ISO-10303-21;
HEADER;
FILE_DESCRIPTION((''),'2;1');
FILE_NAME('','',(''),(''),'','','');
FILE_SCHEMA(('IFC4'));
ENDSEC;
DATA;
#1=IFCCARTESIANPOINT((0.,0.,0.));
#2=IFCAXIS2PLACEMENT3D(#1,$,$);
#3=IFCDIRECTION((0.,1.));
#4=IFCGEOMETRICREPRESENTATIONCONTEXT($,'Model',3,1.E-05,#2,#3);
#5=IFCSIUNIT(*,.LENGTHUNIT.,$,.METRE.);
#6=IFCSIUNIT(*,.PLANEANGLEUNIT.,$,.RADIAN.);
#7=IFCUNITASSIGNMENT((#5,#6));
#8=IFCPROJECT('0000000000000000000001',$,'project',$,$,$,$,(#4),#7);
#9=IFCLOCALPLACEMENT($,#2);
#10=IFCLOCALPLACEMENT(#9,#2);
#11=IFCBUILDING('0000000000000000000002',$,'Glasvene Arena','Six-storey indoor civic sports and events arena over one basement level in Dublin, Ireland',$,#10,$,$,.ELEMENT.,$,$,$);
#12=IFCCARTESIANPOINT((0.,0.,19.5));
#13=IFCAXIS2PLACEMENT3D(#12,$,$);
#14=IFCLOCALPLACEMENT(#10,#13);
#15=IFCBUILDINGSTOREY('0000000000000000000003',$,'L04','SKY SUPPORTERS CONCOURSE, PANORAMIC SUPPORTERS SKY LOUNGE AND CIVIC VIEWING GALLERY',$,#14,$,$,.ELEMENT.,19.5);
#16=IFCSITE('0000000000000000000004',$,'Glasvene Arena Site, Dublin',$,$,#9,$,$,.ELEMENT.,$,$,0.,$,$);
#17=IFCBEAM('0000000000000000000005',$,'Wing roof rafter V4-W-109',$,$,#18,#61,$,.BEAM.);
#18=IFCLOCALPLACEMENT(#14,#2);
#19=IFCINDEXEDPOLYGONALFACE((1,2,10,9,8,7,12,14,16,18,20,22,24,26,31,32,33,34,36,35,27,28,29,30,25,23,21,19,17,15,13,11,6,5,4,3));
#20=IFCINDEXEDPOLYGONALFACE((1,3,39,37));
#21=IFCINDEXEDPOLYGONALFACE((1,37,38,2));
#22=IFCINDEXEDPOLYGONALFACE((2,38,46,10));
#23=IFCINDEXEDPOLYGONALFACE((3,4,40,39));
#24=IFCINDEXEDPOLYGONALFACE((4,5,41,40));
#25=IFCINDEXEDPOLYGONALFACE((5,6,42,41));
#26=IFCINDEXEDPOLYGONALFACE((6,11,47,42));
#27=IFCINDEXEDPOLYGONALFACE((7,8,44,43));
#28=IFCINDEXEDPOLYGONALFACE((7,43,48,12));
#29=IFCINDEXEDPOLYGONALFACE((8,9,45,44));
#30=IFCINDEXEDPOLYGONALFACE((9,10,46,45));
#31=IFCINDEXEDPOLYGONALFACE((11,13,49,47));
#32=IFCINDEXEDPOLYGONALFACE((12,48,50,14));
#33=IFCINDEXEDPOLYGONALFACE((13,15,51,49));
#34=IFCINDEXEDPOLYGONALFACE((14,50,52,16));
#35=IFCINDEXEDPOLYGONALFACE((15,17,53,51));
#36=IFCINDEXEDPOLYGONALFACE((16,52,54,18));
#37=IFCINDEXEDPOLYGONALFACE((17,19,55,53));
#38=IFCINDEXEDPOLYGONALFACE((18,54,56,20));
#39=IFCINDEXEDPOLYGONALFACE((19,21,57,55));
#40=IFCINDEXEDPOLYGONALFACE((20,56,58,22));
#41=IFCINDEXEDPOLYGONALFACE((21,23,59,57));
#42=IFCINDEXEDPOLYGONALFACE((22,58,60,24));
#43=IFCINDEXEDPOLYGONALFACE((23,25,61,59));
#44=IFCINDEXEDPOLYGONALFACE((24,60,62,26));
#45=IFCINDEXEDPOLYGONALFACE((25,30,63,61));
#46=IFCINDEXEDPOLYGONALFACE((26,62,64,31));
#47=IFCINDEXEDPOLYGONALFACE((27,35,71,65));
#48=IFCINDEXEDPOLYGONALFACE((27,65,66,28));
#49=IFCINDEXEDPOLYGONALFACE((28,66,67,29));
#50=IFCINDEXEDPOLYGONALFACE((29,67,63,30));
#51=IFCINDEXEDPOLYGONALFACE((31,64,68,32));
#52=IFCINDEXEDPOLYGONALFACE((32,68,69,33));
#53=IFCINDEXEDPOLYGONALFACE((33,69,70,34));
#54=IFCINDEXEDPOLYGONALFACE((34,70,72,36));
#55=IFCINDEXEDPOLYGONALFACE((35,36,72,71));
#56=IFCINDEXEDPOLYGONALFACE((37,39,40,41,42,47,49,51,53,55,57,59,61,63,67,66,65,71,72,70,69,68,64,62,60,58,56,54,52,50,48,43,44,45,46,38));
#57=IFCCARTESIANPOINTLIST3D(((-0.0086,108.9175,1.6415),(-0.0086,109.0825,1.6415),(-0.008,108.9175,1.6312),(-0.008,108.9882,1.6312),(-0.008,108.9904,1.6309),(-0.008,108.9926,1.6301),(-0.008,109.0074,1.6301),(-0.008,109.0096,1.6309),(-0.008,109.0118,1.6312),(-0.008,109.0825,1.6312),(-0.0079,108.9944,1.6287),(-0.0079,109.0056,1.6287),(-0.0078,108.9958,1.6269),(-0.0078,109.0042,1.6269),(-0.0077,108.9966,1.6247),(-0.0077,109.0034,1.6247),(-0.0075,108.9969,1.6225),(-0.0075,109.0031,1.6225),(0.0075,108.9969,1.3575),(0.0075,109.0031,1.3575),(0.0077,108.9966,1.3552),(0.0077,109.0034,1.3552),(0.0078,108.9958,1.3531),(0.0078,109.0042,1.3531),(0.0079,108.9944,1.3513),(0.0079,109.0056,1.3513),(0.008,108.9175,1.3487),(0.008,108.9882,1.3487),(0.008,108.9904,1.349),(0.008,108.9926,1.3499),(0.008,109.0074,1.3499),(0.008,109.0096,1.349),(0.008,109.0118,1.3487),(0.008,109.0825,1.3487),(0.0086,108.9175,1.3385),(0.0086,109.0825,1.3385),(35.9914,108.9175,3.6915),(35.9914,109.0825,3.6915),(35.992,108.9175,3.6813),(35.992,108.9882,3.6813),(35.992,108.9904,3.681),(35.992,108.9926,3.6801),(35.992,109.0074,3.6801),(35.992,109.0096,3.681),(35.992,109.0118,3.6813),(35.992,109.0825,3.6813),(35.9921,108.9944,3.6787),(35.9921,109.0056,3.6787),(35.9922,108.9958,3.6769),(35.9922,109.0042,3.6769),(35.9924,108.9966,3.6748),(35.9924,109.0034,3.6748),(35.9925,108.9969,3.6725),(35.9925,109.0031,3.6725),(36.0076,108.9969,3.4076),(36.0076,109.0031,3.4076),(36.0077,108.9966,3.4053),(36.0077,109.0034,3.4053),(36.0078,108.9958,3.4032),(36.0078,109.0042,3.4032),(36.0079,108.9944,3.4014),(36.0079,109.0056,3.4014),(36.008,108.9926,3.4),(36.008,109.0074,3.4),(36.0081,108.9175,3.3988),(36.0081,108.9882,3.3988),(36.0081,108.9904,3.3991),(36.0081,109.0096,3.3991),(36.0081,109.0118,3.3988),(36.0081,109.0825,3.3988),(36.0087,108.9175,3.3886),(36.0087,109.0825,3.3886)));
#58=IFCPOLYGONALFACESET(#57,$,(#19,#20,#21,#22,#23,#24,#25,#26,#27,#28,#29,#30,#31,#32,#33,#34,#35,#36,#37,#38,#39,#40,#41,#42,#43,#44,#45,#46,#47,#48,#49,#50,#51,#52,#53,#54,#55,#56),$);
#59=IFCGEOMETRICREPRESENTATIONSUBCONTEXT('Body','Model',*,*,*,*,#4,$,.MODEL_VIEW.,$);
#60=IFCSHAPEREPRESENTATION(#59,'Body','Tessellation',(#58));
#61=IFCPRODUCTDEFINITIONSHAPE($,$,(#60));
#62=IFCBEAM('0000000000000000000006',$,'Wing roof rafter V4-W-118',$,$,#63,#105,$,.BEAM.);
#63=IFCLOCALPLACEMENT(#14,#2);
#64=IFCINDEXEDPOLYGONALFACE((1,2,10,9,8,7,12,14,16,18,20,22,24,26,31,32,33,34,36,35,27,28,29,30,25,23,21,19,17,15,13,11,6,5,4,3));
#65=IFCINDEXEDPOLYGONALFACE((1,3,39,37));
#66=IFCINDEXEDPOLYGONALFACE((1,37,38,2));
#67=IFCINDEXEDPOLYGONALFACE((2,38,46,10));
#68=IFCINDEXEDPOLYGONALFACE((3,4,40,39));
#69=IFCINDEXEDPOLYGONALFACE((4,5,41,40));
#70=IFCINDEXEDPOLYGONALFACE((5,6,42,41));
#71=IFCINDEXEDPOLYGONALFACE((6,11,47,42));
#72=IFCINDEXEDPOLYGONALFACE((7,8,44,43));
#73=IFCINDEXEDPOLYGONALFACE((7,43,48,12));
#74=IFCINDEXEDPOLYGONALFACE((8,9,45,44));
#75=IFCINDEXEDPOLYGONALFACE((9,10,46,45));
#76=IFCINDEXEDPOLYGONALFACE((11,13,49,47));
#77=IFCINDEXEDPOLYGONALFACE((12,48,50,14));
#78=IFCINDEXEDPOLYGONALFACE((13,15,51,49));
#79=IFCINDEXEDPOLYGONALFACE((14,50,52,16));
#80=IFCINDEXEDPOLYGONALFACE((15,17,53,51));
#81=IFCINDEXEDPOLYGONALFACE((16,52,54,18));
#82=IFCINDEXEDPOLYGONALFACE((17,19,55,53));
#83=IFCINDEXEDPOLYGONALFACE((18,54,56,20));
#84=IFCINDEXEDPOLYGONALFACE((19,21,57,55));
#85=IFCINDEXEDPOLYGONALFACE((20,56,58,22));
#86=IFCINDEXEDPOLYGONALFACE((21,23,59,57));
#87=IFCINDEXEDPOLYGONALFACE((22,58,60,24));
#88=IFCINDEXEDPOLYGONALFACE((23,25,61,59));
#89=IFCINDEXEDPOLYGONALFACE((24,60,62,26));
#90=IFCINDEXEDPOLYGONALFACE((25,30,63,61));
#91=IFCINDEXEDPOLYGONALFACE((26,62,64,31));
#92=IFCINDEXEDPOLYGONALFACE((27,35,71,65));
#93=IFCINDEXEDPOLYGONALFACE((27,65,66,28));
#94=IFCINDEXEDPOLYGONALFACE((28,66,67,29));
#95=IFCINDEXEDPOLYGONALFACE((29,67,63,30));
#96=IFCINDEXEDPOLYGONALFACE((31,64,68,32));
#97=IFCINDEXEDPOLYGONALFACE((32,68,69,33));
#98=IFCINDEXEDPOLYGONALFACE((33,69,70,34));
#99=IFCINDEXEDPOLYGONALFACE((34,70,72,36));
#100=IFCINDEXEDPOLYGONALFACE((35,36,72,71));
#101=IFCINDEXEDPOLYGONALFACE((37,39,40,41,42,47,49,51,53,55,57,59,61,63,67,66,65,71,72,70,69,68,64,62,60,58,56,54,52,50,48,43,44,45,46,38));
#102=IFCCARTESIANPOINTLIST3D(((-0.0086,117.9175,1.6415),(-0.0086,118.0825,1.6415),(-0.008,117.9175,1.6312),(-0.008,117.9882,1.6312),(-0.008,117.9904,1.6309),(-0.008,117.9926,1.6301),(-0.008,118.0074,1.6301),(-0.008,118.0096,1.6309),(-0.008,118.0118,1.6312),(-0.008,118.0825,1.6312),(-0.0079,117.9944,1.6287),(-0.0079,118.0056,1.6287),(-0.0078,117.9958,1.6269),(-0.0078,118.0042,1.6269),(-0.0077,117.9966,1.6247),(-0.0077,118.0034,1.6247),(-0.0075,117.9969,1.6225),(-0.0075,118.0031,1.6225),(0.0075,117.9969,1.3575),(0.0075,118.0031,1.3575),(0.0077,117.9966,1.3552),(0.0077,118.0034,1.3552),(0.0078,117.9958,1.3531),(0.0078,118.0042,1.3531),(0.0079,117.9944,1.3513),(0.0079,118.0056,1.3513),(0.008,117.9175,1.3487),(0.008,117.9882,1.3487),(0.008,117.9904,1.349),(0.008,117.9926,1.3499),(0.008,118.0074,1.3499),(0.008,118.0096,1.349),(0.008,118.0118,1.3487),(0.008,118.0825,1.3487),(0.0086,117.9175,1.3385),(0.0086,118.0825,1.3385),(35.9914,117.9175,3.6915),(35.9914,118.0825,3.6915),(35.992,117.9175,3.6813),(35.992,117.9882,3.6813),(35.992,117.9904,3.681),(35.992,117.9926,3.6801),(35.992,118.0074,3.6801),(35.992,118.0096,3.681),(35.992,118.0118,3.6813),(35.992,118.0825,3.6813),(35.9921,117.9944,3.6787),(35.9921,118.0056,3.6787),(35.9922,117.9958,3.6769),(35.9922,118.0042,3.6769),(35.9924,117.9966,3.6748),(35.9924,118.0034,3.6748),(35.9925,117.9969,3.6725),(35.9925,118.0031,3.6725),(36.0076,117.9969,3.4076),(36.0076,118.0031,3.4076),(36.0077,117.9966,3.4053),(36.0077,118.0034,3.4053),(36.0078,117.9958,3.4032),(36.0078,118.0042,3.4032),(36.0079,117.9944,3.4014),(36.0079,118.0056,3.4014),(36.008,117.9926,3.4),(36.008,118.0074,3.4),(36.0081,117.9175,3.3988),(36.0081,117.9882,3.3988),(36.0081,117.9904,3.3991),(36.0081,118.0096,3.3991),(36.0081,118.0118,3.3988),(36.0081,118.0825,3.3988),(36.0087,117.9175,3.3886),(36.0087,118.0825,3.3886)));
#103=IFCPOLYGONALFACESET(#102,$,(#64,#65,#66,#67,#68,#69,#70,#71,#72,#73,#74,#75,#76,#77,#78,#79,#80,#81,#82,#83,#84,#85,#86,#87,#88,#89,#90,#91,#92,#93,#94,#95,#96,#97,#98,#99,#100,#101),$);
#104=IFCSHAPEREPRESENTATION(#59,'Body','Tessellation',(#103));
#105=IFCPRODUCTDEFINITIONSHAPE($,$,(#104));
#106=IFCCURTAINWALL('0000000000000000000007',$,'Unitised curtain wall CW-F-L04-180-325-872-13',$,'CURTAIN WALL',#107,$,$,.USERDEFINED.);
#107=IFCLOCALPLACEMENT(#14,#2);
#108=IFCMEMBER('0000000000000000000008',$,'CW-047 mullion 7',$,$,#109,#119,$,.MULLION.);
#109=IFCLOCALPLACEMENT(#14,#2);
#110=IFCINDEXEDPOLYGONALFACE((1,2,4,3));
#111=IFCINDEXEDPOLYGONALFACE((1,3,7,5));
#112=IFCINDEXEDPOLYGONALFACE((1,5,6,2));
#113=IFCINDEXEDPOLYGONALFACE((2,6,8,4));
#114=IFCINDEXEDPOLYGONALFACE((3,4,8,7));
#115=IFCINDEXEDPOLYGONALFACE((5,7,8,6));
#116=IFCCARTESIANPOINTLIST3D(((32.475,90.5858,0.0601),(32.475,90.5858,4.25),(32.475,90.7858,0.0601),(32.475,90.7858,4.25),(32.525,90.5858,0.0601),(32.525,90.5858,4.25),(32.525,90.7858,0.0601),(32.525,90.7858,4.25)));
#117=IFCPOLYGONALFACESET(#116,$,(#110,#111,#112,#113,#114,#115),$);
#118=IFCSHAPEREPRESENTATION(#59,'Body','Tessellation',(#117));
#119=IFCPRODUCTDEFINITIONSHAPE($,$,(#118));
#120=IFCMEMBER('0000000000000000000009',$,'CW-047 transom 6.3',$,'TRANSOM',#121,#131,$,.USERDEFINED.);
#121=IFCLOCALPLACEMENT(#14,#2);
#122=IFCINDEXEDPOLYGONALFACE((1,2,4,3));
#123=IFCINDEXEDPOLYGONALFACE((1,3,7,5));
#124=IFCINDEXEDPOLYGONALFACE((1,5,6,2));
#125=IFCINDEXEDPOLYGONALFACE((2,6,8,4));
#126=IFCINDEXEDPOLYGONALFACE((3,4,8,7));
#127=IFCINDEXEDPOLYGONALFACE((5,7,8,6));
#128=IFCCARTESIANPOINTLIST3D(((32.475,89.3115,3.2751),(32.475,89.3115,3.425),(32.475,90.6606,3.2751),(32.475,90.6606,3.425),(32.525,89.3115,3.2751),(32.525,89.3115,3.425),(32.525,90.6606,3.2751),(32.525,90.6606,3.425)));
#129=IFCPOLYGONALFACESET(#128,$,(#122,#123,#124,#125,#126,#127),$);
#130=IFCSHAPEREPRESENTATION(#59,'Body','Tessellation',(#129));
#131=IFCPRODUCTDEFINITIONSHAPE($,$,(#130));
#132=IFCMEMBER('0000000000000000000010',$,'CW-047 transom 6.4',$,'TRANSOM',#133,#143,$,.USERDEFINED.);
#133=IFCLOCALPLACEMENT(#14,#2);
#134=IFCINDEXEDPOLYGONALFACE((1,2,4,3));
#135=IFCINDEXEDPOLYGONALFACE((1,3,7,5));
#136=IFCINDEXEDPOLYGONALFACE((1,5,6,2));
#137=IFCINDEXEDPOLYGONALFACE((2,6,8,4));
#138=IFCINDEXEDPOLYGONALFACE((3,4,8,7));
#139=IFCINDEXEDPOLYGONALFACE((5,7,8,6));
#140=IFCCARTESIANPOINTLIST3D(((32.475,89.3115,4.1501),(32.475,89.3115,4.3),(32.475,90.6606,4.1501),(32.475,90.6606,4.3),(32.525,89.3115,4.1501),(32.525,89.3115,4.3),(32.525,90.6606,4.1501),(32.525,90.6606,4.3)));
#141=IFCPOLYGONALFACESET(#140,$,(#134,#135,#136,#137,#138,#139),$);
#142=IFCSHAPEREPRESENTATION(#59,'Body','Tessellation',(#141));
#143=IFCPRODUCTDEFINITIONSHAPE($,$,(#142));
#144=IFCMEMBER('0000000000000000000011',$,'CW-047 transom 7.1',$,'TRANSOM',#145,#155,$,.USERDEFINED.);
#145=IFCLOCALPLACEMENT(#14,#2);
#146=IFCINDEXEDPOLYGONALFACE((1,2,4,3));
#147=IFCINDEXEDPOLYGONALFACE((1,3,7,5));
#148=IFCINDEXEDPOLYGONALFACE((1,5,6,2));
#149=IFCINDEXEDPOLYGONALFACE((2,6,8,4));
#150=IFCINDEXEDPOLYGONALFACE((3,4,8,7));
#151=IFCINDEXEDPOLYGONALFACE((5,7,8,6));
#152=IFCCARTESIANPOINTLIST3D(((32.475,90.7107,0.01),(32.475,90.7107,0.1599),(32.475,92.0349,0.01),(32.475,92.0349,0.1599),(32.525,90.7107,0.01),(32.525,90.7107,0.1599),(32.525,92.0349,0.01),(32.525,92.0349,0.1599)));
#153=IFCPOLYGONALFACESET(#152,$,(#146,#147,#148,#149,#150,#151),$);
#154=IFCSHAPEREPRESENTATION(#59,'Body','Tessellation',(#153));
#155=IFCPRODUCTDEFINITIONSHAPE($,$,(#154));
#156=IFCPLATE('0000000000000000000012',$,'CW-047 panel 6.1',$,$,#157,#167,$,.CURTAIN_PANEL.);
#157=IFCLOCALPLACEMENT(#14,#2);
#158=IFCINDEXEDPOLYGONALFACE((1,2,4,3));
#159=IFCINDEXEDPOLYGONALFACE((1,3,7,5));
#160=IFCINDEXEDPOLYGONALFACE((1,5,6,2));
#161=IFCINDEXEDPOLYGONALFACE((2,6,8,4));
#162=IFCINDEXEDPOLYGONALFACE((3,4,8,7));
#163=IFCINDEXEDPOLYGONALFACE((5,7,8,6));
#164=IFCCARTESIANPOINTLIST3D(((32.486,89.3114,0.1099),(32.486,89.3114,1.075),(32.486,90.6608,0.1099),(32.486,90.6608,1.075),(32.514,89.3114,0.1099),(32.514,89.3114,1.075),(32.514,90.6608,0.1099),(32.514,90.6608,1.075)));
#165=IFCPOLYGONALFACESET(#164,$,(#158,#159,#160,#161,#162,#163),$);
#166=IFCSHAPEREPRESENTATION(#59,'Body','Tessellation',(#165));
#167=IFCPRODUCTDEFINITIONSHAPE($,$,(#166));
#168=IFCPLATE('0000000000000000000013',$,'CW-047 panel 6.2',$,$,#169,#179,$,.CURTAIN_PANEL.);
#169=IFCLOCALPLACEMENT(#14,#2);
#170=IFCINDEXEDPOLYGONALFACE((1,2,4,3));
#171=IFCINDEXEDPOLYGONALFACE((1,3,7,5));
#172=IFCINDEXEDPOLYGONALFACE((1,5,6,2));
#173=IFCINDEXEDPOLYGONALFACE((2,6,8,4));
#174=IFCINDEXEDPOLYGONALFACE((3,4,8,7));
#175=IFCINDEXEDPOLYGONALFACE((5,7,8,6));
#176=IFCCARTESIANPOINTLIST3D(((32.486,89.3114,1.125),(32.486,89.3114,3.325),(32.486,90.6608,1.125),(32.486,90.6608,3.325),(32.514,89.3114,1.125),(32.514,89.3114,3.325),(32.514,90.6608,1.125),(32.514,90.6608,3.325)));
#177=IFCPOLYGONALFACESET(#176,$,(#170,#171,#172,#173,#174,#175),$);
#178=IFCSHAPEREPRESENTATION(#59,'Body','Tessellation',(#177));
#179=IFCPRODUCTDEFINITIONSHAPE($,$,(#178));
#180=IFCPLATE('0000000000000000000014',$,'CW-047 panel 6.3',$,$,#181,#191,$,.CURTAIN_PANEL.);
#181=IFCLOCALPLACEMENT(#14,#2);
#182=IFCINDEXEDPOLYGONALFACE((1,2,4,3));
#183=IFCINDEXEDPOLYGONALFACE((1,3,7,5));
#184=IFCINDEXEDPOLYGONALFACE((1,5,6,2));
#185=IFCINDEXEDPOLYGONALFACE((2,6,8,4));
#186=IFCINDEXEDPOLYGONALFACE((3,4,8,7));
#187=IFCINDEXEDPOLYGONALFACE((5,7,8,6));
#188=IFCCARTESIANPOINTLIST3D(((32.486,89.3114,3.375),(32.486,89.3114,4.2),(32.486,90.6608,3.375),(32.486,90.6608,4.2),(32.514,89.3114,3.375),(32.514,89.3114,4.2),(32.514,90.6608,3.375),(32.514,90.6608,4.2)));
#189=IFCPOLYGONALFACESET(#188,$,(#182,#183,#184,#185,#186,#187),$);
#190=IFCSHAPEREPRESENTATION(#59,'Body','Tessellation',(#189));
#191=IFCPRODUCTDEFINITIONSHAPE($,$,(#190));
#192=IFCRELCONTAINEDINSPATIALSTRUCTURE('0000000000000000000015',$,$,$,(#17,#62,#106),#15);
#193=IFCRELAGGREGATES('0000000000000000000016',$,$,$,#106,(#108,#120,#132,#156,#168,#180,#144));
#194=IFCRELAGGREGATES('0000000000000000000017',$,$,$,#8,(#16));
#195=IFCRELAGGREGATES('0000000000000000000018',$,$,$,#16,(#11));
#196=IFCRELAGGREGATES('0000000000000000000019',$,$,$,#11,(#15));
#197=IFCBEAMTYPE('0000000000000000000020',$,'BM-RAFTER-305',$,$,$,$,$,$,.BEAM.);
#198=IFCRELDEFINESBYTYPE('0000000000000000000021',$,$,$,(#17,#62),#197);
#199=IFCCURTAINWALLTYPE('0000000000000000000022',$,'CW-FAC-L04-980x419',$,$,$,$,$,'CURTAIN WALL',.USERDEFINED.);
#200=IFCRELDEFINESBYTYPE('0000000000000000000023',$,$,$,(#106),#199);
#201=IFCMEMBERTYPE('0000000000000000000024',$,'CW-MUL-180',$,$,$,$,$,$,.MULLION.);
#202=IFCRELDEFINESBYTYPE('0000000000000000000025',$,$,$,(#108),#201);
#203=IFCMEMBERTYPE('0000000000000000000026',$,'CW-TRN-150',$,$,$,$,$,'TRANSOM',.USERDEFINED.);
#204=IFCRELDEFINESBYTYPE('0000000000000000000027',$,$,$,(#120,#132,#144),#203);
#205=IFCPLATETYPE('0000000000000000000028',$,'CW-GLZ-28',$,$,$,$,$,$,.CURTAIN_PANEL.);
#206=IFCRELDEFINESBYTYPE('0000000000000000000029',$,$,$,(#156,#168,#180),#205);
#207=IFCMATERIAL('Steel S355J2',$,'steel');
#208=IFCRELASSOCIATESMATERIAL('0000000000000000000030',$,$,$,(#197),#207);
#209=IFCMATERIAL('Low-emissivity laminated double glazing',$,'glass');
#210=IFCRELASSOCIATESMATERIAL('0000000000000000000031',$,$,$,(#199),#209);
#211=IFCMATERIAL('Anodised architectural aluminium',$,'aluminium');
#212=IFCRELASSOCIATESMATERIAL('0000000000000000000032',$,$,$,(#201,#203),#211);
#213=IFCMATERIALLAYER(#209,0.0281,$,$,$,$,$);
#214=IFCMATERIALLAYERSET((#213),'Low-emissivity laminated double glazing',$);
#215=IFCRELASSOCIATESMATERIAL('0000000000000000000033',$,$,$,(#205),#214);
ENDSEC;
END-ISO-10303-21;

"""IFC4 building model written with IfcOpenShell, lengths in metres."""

from ifc_helpers import new_model, si_unit, direction, frame, origin, origin_2d, place, context, subcontext, project, spatial, rectangle, i_section, extrude, material, layer, layer_set, material_profile, profile_set, type_object, element, aggregate, save


model = new_model("IFC4")

# Units and contexts
model_context = context("Model", 3, precision=1e-05, world=origin(), true_north=direction((0.0, 1.0)))
body_context = subcontext(model_context, "Body", "Model", "MODEL_VIEW")
ifc_project = project(units=[si_unit("LENGTHUNIT", "METRE"), si_unit("PLANEANGLEUNIT", "RADIAN")], contexts=[model_context])

# Site, building, storey
site_placement = place(None, origin())
site = spatial("IfcSite", under=ifc_project, at=site_placement, Name="Glasvene Arena Site, Dublin", CompositionType="ELEMENT", RefElevation=0.0)
building_placement = place(site_placement, origin())
building = spatial("IfcBuilding", under=site, at=building_placement, Name="Glasvene Arena", Description="Six-storey indoor civic sports and events arena over one basement level in Dublin, Ireland", CompositionType="ELEMENT")
storey_placement = place(building_placement, frame((0.0, 0.0, 19.5)))
storey = spatial("IfcBuildingStorey", under=building, at=storey_placement, Name="L04", Description="SKY SUPPORTERS CONCOURSE, PANORAMIC SUPPORTERS SKY LOUNGE AND CIVIC VIEWING GALLERY", CompositionType="ELEMENT", Elevation=19.5)

# Shared definitions
ifc_material_1 = material(Name="Steel S355J2", Category="steel")

# Beams
ifc_material_profile_1 = material_profile(ifc_material_1, i_section(OverallWidth=0.165, OverallDepth=0.3035, WebThickness=0.0061, FlangeThickness=0.0103, FilletRadius=0.0088, at=origin_2d()), Name="UKB 305x165x40")
ifc_profile_set_1 = profile_set([ifc_material_profile_1], Name="Steel S355J2")
beam_type = type_object("IfcBeamType", Name="BM-RAFTER-305", PredefinedType="BEAM", material=ifc_profile_set_1)
for number, where, z_axis, x_axis, name in (
    (1, (0.0, 109.0, 1.49), (0.998383, 0.0, 0.056854), (0.0, 1.0, 0.0), "Wing roof rafter V4-W-109"),
    (2, (0.0, 118.0, 1.49), (0.998383, 0.0, 0.056854), (0.0, 1.0, 0.0), "Wing roof rafter V4-W-118"),
):
    element("IfcBeam", number, at=place(storey_placement, frame(where, z_axis=z_axis, x_axis=x_axis)), inside=storey, type_object=beam_type, Name=name, PredefinedType="BEAM", context=body_context, shape_type="SweptSolid", body=[
        extrude(i_section(OverallWidth=0.165, OverallDepth=0.3035, WebThickness=0.0061, FlangeThickness=0.0103, FilletRadius=0.0088, at=origin_2d()), origin(), (0.0, 0.0, 1.0), 36.0583),
    ])

# Curtain wall, members, plates
ifc_material_2 = material(Name="Low-emissivity laminated double glazing", Category="glass")
curtain_wall_type = type_object("IfcCurtainWallType", Name="CW-FAC-L04-980x419", ElementType="CURTAIN WALL", PredefinedType="USERDEFINED", material=ifc_material_2)
curtain_wall_placement = place(storey_placement, frame((32.5, 82.29, 0.0)))
curtain_wall = element("IfcCurtainWall", 3, at=curtain_wall_placement, inside=storey, type_object=curtain_wall_type, Name="Unitised curtain wall CW-F-L04-180-325-872-13", ObjectType="CURTAIN WALL", PredefinedType="USERDEFINED")
ifc_material_3 = material(Name="Anodised architectural aluminium", Category="aluminium")
ifc_material_profile_2 = material_profile(ifc_material_3, rectangle(XDim=0.05, YDim=0.2, at=origin_2d()), Name="ALU MULLION 50x200")
ifc_profile_set_2 = profile_set([ifc_material_profile_2], Name="Anodised architectural aluminium")
member_type_1 = type_object("IfcMemberType", Name="CW-MUL-180", PredefinedType="MULLION", material=ifc_profile_set_2)
member_1_placement = place(storey_placement, frame((32.5, 90.6858, 0.0601), z_axis=(0.0, 0.0, 1.0), x_axis=(-1.0, 0.0, 0.0)))
member_1 = element("IfcMember", 4, at=member_1_placement, type_object=member_type_1, Name="CW-047 mullion 7", PredefinedType="MULLION", context=body_context, shape_type="SweptSolid", body=[
    extrude(rectangle(XDim=0.05, YDim=0.2, at=origin_2d()), origin(), (0.0, 0.0, 1.0), 4.1899),
])
ifc_material_profile_3 = material_profile(ifc_material_3, rectangle(XDim=0.05, YDim=0.1499, at=origin_2d()), Name="ALU TRANSOM 50x150")
ifc_profile_set_3 = profile_set([ifc_material_profile_3], Name="Anodised architectural aluminium")
member_type_2 = type_object("IfcMemberType", Name="CW-TRN-150", ElementType="TRANSOM", PredefinedType="USERDEFINED", material=ifc_profile_set_3)
member_2_placement = place(storey_placement, frame((32.5, 89.3115, 3.3501), z_axis=(0.0, 1.0, 0.0), x_axis=(-1.0, 0.0, 0.0)))
member_2 = element("IfcMember", 5, at=member_2_placement, type_object=member_type_2, Name="CW-047 transom 6.3", ObjectType="TRANSOM", PredefinedType="USERDEFINED", context=body_context, shape_type="SweptSolid", body=[
    extrude(rectangle(XDim=0.05, YDim=0.1499, at=origin_2d()), origin(), (0.0, 0.0, 1.0), 1.3491),
])
member_3_placement = place(storey_placement, frame((32.5, 89.3115, 4.2251), z_axis=(0.0, 1.0, 0.0), x_axis=(-1.0, 0.0, 0.0)))
member_3 = element("IfcMember", 6, at=member_3_placement, type_object=member_type_2, Name="CW-047 transom 6.4", ObjectType="TRANSOM", PredefinedType="USERDEFINED", context=body_context, shape_type="SweptSolid", body=[
    extrude(rectangle(XDim=0.05, YDim=0.1499, at=origin_2d()), origin(), (0.0, 0.0, 1.0), 1.3491),
])
member_4_placement = place(storey_placement, frame((32.5, 90.7107, 0.085), z_axis=(0.0, 1.0, 0.0), x_axis=(-1.0, 0.0, 0.0)))
member_4 = element("IfcMember", 7, at=member_4_placement, type_object=member_type_2, Name="CW-047 transom 7.1", ObjectType="TRANSOM", PredefinedType="USERDEFINED", context=body_context, shape_type="SweptSolid", body=[
    extrude(rectangle(XDim=0.05, YDim=0.1499, at=origin_2d()), origin(), (0.0, 0.0, 1.0), 1.3242),
])
ifc_layer_1 = layer(ifc_material_2, 0.0281)
ifc_layer_set_1 = layer_set([ifc_layer_1], Name="Low-emissivity laminated double glazing")
plate_type = type_object("IfcPlateType", Name="CW-GLZ-28", PredefinedType="CURTAIN_PANEL", material=ifc_layer_set_1)
plate_1_placement = place(storey_placement, frame((32.5, 89.9861, 0.1099), z_axis=(0.0, 0.0, 1.0), x_axis=(0.0, 1.0, 0.0)))
plate_1 = element("IfcPlate", 8, at=plate_1_placement, type_object=plate_type, Name="CW-047 panel 6.1", PredefinedType="CURTAIN_PANEL", context=body_context, shape_type="SweptSolid", body=[
    extrude(rectangle(XDim=1.3494, YDim=0.0281, at=origin_2d()), origin(), (0.0, 0.0, 1.0), 0.9651),
])
plate_2_placement = place(storey_placement, frame((32.5, 89.9861, 1.125), z_axis=(0.0, 0.0, 1.0), x_axis=(0.0, 1.0, 0.0)))
plate_2 = element("IfcPlate", 9, at=plate_2_placement, type_object=plate_type, Name="CW-047 panel 6.2", PredefinedType="CURTAIN_PANEL", context=body_context, shape_type="SweptSolid", body=[
    extrude(rectangle(XDim=1.3494, YDim=0.0281, at=origin_2d()), origin(), (0.0, 0.0, 1.0), 2.2),
])
plate_3_placement = place(storey_placement, frame((32.5, 89.9861, 3.375), z_axis=(0.0, 0.0, 1.0), x_axis=(0.0, 1.0, 0.0)))
plate_3 = element("IfcPlate", 10, at=plate_3_placement, type_object=plate_type, Name="CW-047 panel 6.3", PredefinedType="CURTAIN_PANEL", context=body_context, shape_type="SweptSolid", body=[
    extrude(rectangle(XDim=1.3494, YDim=0.0281, at=origin_2d()), origin(), (0.0, 0.0, 1.0), 0.825),
])
aggregate(curtain_wall, [member_1, member_2, member_3, plate_1, plate_2, plate_3, member_4])

save(model, "model.ifc")
